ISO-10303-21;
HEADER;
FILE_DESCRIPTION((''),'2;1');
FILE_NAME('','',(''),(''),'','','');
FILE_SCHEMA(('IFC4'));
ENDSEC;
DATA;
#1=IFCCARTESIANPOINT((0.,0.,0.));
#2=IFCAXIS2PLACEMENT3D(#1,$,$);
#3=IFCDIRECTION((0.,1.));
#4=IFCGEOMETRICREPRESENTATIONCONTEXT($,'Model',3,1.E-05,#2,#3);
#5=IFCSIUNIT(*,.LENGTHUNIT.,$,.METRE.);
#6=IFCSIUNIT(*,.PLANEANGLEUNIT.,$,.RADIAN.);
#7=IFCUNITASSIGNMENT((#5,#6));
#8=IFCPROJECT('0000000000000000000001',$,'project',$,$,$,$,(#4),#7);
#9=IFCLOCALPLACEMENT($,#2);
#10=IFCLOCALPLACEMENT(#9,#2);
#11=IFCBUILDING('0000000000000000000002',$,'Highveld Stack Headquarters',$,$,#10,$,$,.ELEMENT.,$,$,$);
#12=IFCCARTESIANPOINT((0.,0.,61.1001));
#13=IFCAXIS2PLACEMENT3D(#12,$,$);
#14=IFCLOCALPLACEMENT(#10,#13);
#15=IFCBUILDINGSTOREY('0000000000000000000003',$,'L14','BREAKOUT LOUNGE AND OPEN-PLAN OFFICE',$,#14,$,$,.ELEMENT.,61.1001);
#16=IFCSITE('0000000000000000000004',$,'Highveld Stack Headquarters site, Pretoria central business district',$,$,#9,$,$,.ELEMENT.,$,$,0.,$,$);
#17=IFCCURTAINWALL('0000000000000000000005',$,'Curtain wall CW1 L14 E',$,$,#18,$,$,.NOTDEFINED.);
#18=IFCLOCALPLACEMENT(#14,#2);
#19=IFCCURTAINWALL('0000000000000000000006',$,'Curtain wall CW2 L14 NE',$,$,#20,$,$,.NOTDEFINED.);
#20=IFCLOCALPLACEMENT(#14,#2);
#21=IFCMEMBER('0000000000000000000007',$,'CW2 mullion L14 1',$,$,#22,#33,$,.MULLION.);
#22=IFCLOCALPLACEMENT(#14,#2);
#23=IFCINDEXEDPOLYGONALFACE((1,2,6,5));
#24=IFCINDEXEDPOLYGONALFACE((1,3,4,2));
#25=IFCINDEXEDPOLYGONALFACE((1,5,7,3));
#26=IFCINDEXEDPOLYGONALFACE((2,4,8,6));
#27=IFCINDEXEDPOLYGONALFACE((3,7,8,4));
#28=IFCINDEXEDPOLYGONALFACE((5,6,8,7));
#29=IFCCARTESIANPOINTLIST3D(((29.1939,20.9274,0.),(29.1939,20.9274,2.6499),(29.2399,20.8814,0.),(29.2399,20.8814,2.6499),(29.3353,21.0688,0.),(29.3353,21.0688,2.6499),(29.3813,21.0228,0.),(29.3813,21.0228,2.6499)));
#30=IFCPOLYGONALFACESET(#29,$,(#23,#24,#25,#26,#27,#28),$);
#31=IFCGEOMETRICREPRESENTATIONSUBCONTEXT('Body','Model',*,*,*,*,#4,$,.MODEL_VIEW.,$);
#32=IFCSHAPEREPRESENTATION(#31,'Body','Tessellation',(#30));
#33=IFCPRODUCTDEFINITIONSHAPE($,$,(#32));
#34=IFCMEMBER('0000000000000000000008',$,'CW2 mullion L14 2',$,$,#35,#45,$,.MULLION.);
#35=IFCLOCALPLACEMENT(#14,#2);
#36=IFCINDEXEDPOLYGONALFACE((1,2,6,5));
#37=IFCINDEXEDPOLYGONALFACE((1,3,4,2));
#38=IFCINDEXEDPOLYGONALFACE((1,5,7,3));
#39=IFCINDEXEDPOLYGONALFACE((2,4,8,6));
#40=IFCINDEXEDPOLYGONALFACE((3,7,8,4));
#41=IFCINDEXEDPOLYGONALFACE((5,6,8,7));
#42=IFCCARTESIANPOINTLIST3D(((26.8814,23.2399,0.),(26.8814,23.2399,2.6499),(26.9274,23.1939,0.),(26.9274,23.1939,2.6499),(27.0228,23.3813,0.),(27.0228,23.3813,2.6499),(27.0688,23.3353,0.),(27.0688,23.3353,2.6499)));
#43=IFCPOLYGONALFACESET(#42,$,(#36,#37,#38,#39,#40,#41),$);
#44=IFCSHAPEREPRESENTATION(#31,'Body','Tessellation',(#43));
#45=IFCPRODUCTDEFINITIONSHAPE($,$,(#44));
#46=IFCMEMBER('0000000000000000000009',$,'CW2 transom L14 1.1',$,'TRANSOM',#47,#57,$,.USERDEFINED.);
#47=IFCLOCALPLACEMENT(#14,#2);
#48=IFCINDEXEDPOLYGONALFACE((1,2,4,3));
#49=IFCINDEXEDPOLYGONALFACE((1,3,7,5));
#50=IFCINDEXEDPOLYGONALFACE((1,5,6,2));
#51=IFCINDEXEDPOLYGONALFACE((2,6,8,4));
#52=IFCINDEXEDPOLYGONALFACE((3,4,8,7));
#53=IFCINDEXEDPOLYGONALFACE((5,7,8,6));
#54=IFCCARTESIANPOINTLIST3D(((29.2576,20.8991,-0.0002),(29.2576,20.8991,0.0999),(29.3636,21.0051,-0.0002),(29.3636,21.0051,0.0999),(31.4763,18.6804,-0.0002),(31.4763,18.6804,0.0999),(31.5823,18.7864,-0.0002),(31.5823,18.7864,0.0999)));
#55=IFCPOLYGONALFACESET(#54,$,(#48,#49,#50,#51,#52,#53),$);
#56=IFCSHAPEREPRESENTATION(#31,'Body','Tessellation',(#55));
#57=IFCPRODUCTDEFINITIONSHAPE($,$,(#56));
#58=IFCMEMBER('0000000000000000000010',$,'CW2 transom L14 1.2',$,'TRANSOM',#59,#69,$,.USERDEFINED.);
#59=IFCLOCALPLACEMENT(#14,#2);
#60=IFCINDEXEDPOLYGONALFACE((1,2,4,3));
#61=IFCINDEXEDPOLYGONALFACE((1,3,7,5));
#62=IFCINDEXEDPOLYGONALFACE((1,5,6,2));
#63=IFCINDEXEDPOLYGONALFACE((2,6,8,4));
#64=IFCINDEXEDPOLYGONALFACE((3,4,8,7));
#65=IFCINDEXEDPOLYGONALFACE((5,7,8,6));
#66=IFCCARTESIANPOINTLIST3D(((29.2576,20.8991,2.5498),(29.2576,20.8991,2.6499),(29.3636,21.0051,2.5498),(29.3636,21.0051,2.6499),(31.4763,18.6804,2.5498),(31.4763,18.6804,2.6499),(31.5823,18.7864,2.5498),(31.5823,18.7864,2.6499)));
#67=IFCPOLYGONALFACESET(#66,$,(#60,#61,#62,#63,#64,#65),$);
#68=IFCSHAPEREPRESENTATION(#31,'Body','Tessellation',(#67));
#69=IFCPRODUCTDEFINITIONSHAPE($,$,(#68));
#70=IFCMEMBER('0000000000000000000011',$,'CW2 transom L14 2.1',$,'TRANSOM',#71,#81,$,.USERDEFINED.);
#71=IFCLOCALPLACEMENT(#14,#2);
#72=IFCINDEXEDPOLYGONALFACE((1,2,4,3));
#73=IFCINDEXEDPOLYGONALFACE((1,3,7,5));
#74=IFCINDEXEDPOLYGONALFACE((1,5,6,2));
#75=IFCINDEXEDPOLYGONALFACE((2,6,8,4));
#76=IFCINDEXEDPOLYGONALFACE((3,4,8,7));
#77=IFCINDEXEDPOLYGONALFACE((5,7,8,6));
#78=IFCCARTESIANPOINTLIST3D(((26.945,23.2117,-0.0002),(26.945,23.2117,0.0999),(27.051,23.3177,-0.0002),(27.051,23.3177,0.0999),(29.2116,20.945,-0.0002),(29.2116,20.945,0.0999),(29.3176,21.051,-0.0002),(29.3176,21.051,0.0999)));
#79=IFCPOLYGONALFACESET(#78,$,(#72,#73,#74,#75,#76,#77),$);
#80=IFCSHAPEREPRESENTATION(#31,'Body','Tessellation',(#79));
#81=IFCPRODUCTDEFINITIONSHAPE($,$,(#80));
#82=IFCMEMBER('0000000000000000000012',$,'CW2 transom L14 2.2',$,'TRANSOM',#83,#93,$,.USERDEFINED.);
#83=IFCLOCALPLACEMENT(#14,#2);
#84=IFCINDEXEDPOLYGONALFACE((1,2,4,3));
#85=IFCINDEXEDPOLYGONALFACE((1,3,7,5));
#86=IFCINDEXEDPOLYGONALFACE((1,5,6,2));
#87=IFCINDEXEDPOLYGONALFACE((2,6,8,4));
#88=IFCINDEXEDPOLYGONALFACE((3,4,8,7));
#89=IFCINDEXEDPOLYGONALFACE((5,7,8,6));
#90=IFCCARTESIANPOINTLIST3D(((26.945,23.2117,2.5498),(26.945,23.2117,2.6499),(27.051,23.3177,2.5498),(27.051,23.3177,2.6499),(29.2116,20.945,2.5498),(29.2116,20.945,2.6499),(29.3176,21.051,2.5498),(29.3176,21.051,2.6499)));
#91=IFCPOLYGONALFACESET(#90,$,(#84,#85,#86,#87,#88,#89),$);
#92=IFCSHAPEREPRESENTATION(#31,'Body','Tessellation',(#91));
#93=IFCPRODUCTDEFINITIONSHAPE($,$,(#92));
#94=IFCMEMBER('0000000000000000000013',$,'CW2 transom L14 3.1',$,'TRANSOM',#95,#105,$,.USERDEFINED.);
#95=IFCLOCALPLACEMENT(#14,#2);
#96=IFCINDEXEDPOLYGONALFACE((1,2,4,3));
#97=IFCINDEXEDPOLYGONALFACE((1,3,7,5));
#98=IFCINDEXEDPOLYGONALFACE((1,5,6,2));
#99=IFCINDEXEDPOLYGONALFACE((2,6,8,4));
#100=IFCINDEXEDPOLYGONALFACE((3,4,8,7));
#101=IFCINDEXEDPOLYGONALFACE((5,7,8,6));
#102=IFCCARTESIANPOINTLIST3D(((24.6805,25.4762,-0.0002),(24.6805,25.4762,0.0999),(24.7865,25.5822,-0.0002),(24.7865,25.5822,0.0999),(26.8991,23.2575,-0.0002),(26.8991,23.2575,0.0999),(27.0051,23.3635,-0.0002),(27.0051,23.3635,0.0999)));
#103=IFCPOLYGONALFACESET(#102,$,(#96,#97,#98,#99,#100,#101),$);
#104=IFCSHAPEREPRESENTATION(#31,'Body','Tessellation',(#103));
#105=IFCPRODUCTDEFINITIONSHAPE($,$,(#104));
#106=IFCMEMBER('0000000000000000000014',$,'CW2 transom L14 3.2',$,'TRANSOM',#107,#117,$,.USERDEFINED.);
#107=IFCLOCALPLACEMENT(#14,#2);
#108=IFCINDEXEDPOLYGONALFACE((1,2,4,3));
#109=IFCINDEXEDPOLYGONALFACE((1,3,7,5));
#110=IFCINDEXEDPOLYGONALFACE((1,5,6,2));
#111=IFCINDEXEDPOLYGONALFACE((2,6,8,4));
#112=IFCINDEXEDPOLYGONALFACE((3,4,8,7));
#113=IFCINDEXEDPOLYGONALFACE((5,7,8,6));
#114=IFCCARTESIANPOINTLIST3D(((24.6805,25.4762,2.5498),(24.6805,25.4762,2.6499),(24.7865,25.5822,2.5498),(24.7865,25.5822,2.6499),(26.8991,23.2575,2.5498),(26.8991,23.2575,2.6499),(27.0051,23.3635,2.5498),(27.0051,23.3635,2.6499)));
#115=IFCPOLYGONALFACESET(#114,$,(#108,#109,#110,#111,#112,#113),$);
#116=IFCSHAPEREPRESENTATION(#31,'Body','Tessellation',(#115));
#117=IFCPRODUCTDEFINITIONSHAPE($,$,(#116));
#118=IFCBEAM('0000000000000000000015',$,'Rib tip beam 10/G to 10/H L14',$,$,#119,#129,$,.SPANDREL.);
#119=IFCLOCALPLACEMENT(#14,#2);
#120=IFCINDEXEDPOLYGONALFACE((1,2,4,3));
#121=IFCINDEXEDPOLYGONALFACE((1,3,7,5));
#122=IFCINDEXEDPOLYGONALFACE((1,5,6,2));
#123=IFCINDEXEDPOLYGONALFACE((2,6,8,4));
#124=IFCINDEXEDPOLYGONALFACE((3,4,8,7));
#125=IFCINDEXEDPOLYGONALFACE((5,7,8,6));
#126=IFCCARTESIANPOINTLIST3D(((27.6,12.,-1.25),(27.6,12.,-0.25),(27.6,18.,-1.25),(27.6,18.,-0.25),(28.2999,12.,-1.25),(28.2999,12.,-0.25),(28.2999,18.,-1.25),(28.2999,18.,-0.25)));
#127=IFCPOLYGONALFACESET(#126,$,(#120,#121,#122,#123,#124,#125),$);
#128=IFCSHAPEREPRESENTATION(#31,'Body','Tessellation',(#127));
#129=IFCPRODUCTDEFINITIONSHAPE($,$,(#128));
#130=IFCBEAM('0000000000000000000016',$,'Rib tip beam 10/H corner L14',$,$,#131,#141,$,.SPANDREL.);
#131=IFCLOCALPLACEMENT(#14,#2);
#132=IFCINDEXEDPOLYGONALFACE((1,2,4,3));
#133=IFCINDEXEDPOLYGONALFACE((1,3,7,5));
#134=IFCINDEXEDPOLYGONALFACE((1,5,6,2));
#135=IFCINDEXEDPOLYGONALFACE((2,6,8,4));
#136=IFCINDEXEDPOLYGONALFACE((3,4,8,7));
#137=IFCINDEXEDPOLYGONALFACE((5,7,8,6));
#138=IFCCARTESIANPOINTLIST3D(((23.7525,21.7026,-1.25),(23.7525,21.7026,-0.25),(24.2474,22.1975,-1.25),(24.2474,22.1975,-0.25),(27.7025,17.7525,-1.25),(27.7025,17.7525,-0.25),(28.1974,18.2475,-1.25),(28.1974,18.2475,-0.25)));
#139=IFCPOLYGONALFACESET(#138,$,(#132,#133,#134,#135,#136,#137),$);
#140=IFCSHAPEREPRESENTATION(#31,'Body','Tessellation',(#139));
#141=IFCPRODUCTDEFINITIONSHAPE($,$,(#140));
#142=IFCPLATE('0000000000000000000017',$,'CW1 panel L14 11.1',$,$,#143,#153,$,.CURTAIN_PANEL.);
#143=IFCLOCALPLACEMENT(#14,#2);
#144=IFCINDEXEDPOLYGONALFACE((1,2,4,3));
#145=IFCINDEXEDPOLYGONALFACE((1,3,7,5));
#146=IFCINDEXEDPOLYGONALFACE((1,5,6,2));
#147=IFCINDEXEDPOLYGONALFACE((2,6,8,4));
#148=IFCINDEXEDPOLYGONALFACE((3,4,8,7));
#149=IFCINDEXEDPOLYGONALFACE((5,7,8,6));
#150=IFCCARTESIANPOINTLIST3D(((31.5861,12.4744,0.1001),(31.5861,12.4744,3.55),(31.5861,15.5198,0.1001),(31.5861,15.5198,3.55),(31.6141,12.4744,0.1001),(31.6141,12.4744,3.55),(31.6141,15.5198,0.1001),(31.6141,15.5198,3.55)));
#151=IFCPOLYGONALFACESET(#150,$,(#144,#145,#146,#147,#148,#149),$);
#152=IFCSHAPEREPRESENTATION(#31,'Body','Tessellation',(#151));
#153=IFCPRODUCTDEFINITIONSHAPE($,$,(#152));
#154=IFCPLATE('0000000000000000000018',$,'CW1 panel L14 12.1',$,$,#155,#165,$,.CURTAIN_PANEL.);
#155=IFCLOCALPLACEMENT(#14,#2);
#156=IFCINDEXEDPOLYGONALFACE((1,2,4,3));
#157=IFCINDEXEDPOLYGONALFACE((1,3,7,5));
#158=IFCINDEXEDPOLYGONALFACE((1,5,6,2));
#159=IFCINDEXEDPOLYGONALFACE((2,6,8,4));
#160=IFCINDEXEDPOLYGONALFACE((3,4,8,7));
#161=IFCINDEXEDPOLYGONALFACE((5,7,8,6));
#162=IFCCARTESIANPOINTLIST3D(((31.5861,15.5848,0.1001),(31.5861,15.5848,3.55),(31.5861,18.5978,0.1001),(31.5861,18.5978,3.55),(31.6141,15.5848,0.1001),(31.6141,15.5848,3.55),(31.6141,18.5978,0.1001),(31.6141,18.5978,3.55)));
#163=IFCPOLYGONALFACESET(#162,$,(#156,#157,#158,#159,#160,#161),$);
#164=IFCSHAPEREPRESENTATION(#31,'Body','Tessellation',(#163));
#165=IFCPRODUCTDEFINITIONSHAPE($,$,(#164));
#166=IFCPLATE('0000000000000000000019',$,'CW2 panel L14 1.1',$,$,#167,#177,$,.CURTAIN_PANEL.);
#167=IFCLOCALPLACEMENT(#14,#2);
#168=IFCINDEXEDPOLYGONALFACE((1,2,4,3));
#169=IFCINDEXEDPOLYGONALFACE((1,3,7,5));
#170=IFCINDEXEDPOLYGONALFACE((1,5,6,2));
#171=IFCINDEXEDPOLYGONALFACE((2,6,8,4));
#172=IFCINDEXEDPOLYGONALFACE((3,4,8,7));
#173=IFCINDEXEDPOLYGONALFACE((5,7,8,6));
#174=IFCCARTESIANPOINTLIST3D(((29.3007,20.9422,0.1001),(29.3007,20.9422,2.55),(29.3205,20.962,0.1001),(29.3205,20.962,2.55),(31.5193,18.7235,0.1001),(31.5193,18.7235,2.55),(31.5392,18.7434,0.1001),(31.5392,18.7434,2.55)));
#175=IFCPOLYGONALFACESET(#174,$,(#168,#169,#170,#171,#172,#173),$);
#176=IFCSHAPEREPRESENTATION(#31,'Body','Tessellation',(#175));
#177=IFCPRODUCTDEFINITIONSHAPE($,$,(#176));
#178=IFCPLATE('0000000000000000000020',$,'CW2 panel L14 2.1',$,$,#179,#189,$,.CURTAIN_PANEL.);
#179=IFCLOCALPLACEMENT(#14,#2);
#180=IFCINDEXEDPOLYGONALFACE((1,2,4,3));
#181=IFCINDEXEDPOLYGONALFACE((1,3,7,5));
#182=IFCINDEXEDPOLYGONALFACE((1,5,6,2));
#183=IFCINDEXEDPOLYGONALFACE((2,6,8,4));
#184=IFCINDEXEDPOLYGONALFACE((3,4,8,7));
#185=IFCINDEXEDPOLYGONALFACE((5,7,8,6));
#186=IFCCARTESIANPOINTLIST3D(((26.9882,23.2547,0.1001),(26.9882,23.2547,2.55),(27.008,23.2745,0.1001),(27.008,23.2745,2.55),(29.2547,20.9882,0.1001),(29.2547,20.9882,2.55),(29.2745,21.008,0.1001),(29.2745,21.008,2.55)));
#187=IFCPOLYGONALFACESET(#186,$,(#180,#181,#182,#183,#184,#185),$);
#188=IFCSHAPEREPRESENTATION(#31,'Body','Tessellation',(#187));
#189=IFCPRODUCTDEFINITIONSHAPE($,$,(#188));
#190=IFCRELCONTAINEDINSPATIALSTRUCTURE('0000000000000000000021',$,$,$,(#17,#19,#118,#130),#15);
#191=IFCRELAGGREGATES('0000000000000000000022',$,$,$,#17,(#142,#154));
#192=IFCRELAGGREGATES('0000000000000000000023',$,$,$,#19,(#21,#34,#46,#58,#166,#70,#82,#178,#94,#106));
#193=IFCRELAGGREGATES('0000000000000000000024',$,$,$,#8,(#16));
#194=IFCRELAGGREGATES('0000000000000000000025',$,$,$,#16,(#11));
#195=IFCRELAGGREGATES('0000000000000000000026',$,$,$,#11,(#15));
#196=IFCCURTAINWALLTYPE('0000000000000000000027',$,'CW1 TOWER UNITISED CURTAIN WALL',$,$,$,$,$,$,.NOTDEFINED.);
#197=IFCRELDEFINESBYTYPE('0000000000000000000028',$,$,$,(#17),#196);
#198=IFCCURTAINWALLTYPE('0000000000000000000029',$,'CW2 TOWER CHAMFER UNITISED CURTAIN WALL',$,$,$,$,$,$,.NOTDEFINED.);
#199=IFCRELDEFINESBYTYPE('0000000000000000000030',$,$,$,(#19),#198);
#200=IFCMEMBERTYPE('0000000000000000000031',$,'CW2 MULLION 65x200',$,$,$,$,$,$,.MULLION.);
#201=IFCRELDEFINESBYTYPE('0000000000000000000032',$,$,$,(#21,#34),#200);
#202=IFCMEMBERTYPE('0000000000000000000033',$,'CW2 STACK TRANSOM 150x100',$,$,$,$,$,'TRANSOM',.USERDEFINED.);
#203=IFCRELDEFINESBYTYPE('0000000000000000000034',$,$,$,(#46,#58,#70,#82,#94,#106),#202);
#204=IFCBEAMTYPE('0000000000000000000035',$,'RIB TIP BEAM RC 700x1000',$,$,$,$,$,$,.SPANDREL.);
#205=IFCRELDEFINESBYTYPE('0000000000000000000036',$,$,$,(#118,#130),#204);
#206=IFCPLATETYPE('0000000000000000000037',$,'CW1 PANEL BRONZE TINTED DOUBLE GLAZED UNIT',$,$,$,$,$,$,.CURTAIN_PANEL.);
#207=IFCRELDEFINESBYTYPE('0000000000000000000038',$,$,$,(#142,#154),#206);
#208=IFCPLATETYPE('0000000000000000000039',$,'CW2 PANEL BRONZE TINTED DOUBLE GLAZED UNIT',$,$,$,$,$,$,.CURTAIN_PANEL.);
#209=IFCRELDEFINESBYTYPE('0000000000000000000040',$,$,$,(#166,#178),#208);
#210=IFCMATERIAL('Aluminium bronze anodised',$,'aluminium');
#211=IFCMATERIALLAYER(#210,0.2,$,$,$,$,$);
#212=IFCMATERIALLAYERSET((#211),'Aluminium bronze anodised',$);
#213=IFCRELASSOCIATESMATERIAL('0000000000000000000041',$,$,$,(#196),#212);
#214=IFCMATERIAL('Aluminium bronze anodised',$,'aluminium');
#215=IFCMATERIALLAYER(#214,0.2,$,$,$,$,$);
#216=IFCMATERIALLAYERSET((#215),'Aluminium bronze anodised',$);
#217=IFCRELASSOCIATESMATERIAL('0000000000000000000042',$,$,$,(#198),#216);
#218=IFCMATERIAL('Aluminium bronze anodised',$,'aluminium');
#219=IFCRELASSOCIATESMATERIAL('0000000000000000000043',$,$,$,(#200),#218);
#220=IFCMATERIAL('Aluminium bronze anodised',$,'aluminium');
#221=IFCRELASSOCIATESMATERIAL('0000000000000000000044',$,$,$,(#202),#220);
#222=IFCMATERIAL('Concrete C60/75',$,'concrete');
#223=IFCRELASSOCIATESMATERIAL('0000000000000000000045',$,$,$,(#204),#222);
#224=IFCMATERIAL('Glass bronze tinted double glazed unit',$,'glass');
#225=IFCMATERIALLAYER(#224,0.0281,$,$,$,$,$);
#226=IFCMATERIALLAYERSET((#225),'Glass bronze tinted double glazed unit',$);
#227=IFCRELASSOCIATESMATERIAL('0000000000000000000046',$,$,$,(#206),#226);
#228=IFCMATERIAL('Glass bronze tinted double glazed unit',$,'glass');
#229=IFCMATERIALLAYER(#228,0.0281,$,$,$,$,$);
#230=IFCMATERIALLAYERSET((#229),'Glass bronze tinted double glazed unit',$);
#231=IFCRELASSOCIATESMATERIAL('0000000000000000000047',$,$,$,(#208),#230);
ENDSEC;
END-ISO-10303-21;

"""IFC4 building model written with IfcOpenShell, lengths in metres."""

from ifc_helpers import new_model, si_unit, direction, frame, origin, origin_2d, place, context, subcontext, project, spatial, rectangle, extrude, material, layer, layer_set, material_profile, profile_set, type_object, element, aggregate, save


model = new_model("IFC4")

# Units and contexts
model_context = context("Model", 3, precision=1e-05, world=origin(), true_north=direction((0.0, 1.0)))
body_context = subcontext(model_context, "Body", "Model", "MODEL_VIEW")
ifc_project = project(units=[si_unit("LENGTHUNIT", "METRE"), si_unit("PLANEANGLEUNIT", "RADIAN")], contexts=[model_context])

# Site, building, storey
site_placement = place(None, origin())
site = spatial("IfcSite", under=ifc_project, at=site_placement, Name="Highveld Stack Headquarters site, Pretoria central business district", CompositionType="ELEMENT", RefElevation=0.0)
building_placement = place(site_placement, origin())
building = spatial("IfcBuilding", under=site, at=building_placement, Name="Highveld Stack Headquarters", CompositionType="ELEMENT")
storey_placement = place(building_placement, frame((0.0, 0.0, 61.1001)))
storey = spatial("IfcBuildingStorey", under=building, at=storey_placement, Name="L14", Description="BREAKOUT LOUNGE AND OPEN-PLAN OFFICE", CompositionType="ELEMENT", Elevation=61.1001)

# Curtain wall
ifc_material_1 = material(Name="Aluminium bronze anodised", Category="aluminium")
ifc_layer_1 = layer(ifc_material_1, 0.2)
ifc_layer_set_1 = layer_set([ifc_layer_1], Name="Aluminium bronze anodised")
curtain_wall_type_1 = type_object("IfcCurtainWallType", Name="CW1 TOWER UNITISED CURTAIN WALL", PredefinedType="NOTDEFINED", material=ifc_layer_set_1)
curtain_wall_1_placement = place(storey_placement, origin())
curtain_wall_1 = element("IfcCurtainWall", 1, at=curtain_wall_1_placement, inside=storey, type_object=curtain_wall_type_1, Name="Curtain wall CW1 L14 E", PredefinedType="NOTDEFINED")

# Curtain wall, members
ifc_material_2 = material(Name="Aluminium bronze anodised", Category="aluminium")
ifc_layer_2 = layer(ifc_material_2, 0.2)
ifc_layer_set_2 = layer_set([ifc_layer_2], Name="Aluminium bronze anodised")
curtain_wall_type_2 = type_object("IfcCurtainWallType", Name="CW2 TOWER CHAMFER UNITISED CURTAIN WALL", PredefinedType="NOTDEFINED", material=ifc_layer_set_2)
curtain_wall_2_placement = place(storey_placement, origin())
curtain_wall_2 = element("IfcCurtainWall", 2, at=curtain_wall_2_placement, inside=storey, type_object=curtain_wall_type_2, Name="Curtain wall CW2 L14 NE", PredefinedType="NOTDEFINED")
ifc_material_3 = material(Name="Aluminium bronze anodised", Category="aluminium")
ifc_material_profile_1 = material_profile(ifc_material_3, rectangle(XDim=0.2, YDim=0.0649, at=origin_2d()), Name="CW2 MULLION 65x200")
ifc_profile_set_1 = profile_set([ifc_material_profile_1], Name="Aluminium bronze anodised")
member_type_1 = type_object("IfcMemberType", Name="CW2 MULLION 65x200", PredefinedType="MULLION", material=ifc_profile_set_1)
member_1_placement = place(storey_placement, frame((29.2876, 20.9751, 0.0), z_axis=(0.0, 0.0, 1.0), x_axis=(-0.707107, -0.707107, 0.0)))
member_1 = element("IfcMember", 3, at=member_1_placement, type_object=member_type_1, Name="CW2 mullion L14 1", PredefinedType="MULLION", context=body_context, shape_type="SweptSolid", body=[
    extrude(rectangle(XDim=0.2, YDim=0.0649, at=origin_2d()), origin(), (0.0, 0.0, 1.0), 2.6499),
])
member_2_placement = place(storey_placement, frame((26.9751, 23.2876, 0.0), z_axis=(0.0, 0.0, 1.0), x_axis=(-0.707107, -0.707107, 0.0)))
member_2 = element("IfcMember", 4, at=member_2_placement, type_object=member_type_1, Name="CW2 mullion L14 2", PredefinedType="MULLION", context=body_context, shape_type="SweptSolid", body=[
    extrude(rectangle(XDim=0.2, YDim=0.0649, at=origin_2d()), origin(), (0.0, 0.0, 1.0), 2.6499),
])
ifc_material_4 = material(Name="Aluminium bronze anodised", Category="aluminium")
ifc_material_profile_2 = material_profile(ifc_material_4, rectangle(XDim=0.1499, YDim=0.1001, at=origin_2d()), Name="CW2 TRANSOM 150x100")
ifc_profile_set_2 = profile_set([ifc_material_profile_2], Name="Aluminium bronze anodised")
member_type_2 = type_object("IfcMemberType", Name="CW2 STACK TRANSOM 150x100", ElementType="TRANSOM", PredefinedType="USERDEFINED", material=ifc_profile_set_2)
member_3_placement = place(storey_placement, frame((31.5293, 18.7334, 0.0498), z_axis=(-0.707107, 0.707107, 0.0), x_axis=(-0.707107, -0.707107, 0.0)))
member_3 = element("IfcMember", 5, at=member_3_placement, type_object=member_type_2, Name="CW2 transom L14 1.1", ObjectType="TRANSOM", PredefinedType="USERDEFINED", context=body_context, shape_type="SweptSolid", body=[
    extrude(rectangle(XDim=0.1499, YDim=0.1001, at=origin_2d()), origin(), (0.0, 0.0, 1.0), 3.1377),
])
member_4_placement = place(storey_placement, frame((31.5293, 18.7334, 2.5999), z_axis=(-0.707107, 0.707107, 0.0), x_axis=(-0.707107, -0.707107, 0.0)))
member_4 = element("IfcMember", 6, at=member_4_placement, type_object=member_type_2, Name="CW2 transom L14 1.2", ObjectType="TRANSOM", PredefinedType="USERDEFINED", context=body_context, shape_type="SweptSolid", body=[
    extrude(rectangle(XDim=0.1499, YDim=0.1001, at=origin_2d()), origin(), (0.0, 0.0, 1.0), 3.1377),
])
member_5_placement = place(storey_placement, frame((29.2646, 20.998, 0.0498), z_axis=(-0.707107, 0.707107, 0.0), x_axis=(-0.707107, -0.707107, 0.0)))
member_5 = element("IfcMember", 7, at=member_5_placement, type_object=member_type_2, Name="CW2 transom L14 2.1", ObjectType="TRANSOM", PredefinedType="USERDEFINED", context=body_context, shape_type="SweptSolid", body=[
    extrude(rectangle(XDim=0.1499, YDim=0.1001, at=origin_2d()), origin(), (0.0, 0.0, 1.0), 3.2056),
])
member_6_placement = place(storey_placement, frame((29.2646, 20.998, 2.5999), z_axis=(-0.707107, 0.707107, 0.0), x_axis=(-0.707107, -0.707107, 0.0)))
member_6 = element("IfcMember", 8, at=member_6_placement, type_object=member_type_2, Name="CW2 transom L14 2.2", ObjectType="TRANSOM", PredefinedType="USERDEFINED", context=body_context, shape_type="SweptSolid", body=[
    extrude(rectangle(XDim=0.1499, YDim=0.1001, at=origin_2d()), origin(), (0.0, 0.0, 1.0), 3.2056),
])
member_7_placement = place(storey_placement, frame((26.9521, 23.3105, 0.0498), z_axis=(-0.707107, 0.707107, 0.0), x_axis=(-0.707107, -0.707107, 0.0)))
member_7 = element("IfcMember", 9, at=member_7_placement, type_object=member_type_2, Name="CW2 transom L14 3.1", ObjectType="TRANSOM", PredefinedType="USERDEFINED", context=body_context, shape_type="SweptSolid", body=[
    extrude(rectangle(XDim=0.1499, YDim=0.1001, at=origin_2d()), origin(), (0.0, 0.0, 1.0), 3.1377),
])
member_8_placement = place(storey_placement, frame((26.9521, 23.3105, 2.5999), z_axis=(-0.707107, 0.707107, 0.0), x_axis=(-0.707107, -0.707107, 0.0)))
member_8 = element("IfcMember", 10, at=member_8_placement, type_object=member_type_2, Name="CW2 transom L14 3.2", ObjectType="TRANSOM", PredefinedType="USERDEFINED", context=body_context, shape_type="SweptSolid", body=[
    extrude(rectangle(XDim=0.1499, YDim=0.1001, at=origin_2d()), origin(), (0.0, 0.0, 1.0), 3.1377),
])

# Beams
ifc_material_5 = material(Name="Concrete C60/75", Category="concrete")
ifc_material_profile_3 = material_profile(ifc_material_5, rectangle(XDim=0.7, YDim=1.0, at=origin_2d()), Name="RC 700x1000")
ifc_profile_set_3 = profile_set([ifc_material_profile_3], Name="Concrete C60/75")
beam_type = type_object("IfcBeamType", Name="RIB TIP BEAM RC 700x1000", PredefinedType="SPANDREL", material=ifc_profile_set_3)
beam_1_placement = place(storey_placement, frame((27.95, 12.0, -0.75), z_axis=(0.0, 1.0, 0.0), x_axis=(-1.0, 0.0, 0.0)))
element("IfcBeam", 11, at=beam_1_placement, inside=storey, type_object=beam_type, Name="Rib tip beam 10/G to 10/H L14", PredefinedType="SPANDREL", context=body_context, shape_type="SweptSolid", body=[
    extrude(rectangle(XDim=0.7, YDim=1.0, at=origin_2d()), origin(), (0.0, 0.0, 1.0), 6.0),
])
beam_2_placement = place(storey_placement, frame((27.95, 18.0, -0.75), z_axis=(-0.707107, 0.707107, 0.0), x_axis=(-0.707107, -0.707107, 0.0)))
element("IfcBeam", 12, at=beam_2_placement, inside=storey, type_object=beam_type, Name="Rib tip beam 10/H corner L14", PredefinedType="SPANDREL", context=body_context, shape_type="SweptSolid", body=[
    extrude(rectangle(XDim=0.7, YDim=1.0, at=origin_2d()), origin(), (0.0, 0.0, 1.0), 5.5862),
])

# Plates
ifc_material_6 = material(Name="Glass bronze tinted double glazed unit", Category="glass")
ifc_layer_3 = layer(ifc_material_6, 0.0281)
ifc_layer_set_3 = layer_set([ifc_layer_3], Name="Glass bronze tinted double glazed unit")
plate_type_1 = type_object("IfcPlateType", Name="CW1 PANEL BRONZE TINTED DOUBLE GLAZED UNIT", PredefinedType="CURTAIN_PANEL", material=ifc_layer_set_3)
plate_1_placement = place(storey_placement, frame((31.6001, 13.9971, 0.1001), z_axis=(0.0, 0.0, 1.0), x_axis=(0.0, 1.0, 0.0)))
plate_1 = element("IfcPlate", 13, at=plate_1_placement, type_object=plate_type_1, Name="CW1 panel L14 11.1", PredefinedType="CURTAIN_PANEL", context=body_context, shape_type="SweptSolid", body=[
    extrude(rectangle(XDim=3.0454, YDim=0.0281, at=origin_2d()), origin(), (0.0, 0.0, 1.0), 3.45),
])
plate_2_placement = place(storey_placement, frame((31.6001, 17.0913, 0.1001), z_axis=(0.0, 0.0, 1.0), x_axis=(0.0, 1.0, 0.0)))
plate_2 = element("IfcPlate", 14, at=plate_2_placement, type_object=plate_type_1, Name="CW1 panel L14 12.1", PredefinedType="CURTAIN_PANEL", context=body_context, shape_type="SweptSolid", body=[
    extrude(rectangle(XDim=3.0129, YDim=0.0281, at=origin_2d()), origin(), (0.0, 0.0, 1.0), 3.45),
])
aggregate(curtain_wall_1, [plate_1, plate_2])
ifc_material_7 = material(Name="Glass bronze tinted double glazed unit", Category="glass")
ifc_layer_4 = layer(ifc_material_7, 0.0281)
ifc_layer_set_4 = layer_set([ifc_layer_4], Name="Glass bronze tinted double glazed unit")
plate_type_2 = type_object("IfcPlateType", Name="CW2 PANEL BRONZE TINTED DOUBLE GLAZED UNIT", PredefinedType="CURTAIN_PANEL", material=ifc_layer_set_4)
plate_3_placement = place(storey_placement, frame((30.4199, 19.8428, 0.1001), z_axis=(0.0, 0.0, 1.0), x_axis=(-0.707107, 0.707107, 0.0)))
plate_3 = element("IfcPlate", 15, at=plate_3_placement, type_object=plate_type_2, Name="CW2 panel L14 1.1", PredefinedType="CURTAIN_PANEL", context=body_context, shape_type="SweptSolid", body=[
    extrude(rectangle(XDim=3.1377, YDim=0.0281, at=origin_2d()), origin(), (0.0, 0.0, 1.0), 2.45),
])
plate_4_placement = place(storey_placement, frame((28.1313, 22.1313, 0.1001), z_axis=(0.0, 0.0, 1.0), x_axis=(-0.707107, 0.707107, 0.0)))
plate_4 = element("IfcPlate", 16, at=plate_4_placement, type_object=plate_type_2, Name="CW2 panel L14 2.1", PredefinedType="CURTAIN_PANEL", context=body_context, shape_type="SweptSolid", body=[
    extrude(rectangle(XDim=3.2053, YDim=0.0281, at=origin_2d()), origin(), (0.0, 0.0, 1.0), 2.45),
])
aggregate(curtain_wall_2, [member_1, member_2, member_3, member_4, plate_3, member_5, member_6, plate_4, member_7, member_8])

save(model, "model.ifc")
